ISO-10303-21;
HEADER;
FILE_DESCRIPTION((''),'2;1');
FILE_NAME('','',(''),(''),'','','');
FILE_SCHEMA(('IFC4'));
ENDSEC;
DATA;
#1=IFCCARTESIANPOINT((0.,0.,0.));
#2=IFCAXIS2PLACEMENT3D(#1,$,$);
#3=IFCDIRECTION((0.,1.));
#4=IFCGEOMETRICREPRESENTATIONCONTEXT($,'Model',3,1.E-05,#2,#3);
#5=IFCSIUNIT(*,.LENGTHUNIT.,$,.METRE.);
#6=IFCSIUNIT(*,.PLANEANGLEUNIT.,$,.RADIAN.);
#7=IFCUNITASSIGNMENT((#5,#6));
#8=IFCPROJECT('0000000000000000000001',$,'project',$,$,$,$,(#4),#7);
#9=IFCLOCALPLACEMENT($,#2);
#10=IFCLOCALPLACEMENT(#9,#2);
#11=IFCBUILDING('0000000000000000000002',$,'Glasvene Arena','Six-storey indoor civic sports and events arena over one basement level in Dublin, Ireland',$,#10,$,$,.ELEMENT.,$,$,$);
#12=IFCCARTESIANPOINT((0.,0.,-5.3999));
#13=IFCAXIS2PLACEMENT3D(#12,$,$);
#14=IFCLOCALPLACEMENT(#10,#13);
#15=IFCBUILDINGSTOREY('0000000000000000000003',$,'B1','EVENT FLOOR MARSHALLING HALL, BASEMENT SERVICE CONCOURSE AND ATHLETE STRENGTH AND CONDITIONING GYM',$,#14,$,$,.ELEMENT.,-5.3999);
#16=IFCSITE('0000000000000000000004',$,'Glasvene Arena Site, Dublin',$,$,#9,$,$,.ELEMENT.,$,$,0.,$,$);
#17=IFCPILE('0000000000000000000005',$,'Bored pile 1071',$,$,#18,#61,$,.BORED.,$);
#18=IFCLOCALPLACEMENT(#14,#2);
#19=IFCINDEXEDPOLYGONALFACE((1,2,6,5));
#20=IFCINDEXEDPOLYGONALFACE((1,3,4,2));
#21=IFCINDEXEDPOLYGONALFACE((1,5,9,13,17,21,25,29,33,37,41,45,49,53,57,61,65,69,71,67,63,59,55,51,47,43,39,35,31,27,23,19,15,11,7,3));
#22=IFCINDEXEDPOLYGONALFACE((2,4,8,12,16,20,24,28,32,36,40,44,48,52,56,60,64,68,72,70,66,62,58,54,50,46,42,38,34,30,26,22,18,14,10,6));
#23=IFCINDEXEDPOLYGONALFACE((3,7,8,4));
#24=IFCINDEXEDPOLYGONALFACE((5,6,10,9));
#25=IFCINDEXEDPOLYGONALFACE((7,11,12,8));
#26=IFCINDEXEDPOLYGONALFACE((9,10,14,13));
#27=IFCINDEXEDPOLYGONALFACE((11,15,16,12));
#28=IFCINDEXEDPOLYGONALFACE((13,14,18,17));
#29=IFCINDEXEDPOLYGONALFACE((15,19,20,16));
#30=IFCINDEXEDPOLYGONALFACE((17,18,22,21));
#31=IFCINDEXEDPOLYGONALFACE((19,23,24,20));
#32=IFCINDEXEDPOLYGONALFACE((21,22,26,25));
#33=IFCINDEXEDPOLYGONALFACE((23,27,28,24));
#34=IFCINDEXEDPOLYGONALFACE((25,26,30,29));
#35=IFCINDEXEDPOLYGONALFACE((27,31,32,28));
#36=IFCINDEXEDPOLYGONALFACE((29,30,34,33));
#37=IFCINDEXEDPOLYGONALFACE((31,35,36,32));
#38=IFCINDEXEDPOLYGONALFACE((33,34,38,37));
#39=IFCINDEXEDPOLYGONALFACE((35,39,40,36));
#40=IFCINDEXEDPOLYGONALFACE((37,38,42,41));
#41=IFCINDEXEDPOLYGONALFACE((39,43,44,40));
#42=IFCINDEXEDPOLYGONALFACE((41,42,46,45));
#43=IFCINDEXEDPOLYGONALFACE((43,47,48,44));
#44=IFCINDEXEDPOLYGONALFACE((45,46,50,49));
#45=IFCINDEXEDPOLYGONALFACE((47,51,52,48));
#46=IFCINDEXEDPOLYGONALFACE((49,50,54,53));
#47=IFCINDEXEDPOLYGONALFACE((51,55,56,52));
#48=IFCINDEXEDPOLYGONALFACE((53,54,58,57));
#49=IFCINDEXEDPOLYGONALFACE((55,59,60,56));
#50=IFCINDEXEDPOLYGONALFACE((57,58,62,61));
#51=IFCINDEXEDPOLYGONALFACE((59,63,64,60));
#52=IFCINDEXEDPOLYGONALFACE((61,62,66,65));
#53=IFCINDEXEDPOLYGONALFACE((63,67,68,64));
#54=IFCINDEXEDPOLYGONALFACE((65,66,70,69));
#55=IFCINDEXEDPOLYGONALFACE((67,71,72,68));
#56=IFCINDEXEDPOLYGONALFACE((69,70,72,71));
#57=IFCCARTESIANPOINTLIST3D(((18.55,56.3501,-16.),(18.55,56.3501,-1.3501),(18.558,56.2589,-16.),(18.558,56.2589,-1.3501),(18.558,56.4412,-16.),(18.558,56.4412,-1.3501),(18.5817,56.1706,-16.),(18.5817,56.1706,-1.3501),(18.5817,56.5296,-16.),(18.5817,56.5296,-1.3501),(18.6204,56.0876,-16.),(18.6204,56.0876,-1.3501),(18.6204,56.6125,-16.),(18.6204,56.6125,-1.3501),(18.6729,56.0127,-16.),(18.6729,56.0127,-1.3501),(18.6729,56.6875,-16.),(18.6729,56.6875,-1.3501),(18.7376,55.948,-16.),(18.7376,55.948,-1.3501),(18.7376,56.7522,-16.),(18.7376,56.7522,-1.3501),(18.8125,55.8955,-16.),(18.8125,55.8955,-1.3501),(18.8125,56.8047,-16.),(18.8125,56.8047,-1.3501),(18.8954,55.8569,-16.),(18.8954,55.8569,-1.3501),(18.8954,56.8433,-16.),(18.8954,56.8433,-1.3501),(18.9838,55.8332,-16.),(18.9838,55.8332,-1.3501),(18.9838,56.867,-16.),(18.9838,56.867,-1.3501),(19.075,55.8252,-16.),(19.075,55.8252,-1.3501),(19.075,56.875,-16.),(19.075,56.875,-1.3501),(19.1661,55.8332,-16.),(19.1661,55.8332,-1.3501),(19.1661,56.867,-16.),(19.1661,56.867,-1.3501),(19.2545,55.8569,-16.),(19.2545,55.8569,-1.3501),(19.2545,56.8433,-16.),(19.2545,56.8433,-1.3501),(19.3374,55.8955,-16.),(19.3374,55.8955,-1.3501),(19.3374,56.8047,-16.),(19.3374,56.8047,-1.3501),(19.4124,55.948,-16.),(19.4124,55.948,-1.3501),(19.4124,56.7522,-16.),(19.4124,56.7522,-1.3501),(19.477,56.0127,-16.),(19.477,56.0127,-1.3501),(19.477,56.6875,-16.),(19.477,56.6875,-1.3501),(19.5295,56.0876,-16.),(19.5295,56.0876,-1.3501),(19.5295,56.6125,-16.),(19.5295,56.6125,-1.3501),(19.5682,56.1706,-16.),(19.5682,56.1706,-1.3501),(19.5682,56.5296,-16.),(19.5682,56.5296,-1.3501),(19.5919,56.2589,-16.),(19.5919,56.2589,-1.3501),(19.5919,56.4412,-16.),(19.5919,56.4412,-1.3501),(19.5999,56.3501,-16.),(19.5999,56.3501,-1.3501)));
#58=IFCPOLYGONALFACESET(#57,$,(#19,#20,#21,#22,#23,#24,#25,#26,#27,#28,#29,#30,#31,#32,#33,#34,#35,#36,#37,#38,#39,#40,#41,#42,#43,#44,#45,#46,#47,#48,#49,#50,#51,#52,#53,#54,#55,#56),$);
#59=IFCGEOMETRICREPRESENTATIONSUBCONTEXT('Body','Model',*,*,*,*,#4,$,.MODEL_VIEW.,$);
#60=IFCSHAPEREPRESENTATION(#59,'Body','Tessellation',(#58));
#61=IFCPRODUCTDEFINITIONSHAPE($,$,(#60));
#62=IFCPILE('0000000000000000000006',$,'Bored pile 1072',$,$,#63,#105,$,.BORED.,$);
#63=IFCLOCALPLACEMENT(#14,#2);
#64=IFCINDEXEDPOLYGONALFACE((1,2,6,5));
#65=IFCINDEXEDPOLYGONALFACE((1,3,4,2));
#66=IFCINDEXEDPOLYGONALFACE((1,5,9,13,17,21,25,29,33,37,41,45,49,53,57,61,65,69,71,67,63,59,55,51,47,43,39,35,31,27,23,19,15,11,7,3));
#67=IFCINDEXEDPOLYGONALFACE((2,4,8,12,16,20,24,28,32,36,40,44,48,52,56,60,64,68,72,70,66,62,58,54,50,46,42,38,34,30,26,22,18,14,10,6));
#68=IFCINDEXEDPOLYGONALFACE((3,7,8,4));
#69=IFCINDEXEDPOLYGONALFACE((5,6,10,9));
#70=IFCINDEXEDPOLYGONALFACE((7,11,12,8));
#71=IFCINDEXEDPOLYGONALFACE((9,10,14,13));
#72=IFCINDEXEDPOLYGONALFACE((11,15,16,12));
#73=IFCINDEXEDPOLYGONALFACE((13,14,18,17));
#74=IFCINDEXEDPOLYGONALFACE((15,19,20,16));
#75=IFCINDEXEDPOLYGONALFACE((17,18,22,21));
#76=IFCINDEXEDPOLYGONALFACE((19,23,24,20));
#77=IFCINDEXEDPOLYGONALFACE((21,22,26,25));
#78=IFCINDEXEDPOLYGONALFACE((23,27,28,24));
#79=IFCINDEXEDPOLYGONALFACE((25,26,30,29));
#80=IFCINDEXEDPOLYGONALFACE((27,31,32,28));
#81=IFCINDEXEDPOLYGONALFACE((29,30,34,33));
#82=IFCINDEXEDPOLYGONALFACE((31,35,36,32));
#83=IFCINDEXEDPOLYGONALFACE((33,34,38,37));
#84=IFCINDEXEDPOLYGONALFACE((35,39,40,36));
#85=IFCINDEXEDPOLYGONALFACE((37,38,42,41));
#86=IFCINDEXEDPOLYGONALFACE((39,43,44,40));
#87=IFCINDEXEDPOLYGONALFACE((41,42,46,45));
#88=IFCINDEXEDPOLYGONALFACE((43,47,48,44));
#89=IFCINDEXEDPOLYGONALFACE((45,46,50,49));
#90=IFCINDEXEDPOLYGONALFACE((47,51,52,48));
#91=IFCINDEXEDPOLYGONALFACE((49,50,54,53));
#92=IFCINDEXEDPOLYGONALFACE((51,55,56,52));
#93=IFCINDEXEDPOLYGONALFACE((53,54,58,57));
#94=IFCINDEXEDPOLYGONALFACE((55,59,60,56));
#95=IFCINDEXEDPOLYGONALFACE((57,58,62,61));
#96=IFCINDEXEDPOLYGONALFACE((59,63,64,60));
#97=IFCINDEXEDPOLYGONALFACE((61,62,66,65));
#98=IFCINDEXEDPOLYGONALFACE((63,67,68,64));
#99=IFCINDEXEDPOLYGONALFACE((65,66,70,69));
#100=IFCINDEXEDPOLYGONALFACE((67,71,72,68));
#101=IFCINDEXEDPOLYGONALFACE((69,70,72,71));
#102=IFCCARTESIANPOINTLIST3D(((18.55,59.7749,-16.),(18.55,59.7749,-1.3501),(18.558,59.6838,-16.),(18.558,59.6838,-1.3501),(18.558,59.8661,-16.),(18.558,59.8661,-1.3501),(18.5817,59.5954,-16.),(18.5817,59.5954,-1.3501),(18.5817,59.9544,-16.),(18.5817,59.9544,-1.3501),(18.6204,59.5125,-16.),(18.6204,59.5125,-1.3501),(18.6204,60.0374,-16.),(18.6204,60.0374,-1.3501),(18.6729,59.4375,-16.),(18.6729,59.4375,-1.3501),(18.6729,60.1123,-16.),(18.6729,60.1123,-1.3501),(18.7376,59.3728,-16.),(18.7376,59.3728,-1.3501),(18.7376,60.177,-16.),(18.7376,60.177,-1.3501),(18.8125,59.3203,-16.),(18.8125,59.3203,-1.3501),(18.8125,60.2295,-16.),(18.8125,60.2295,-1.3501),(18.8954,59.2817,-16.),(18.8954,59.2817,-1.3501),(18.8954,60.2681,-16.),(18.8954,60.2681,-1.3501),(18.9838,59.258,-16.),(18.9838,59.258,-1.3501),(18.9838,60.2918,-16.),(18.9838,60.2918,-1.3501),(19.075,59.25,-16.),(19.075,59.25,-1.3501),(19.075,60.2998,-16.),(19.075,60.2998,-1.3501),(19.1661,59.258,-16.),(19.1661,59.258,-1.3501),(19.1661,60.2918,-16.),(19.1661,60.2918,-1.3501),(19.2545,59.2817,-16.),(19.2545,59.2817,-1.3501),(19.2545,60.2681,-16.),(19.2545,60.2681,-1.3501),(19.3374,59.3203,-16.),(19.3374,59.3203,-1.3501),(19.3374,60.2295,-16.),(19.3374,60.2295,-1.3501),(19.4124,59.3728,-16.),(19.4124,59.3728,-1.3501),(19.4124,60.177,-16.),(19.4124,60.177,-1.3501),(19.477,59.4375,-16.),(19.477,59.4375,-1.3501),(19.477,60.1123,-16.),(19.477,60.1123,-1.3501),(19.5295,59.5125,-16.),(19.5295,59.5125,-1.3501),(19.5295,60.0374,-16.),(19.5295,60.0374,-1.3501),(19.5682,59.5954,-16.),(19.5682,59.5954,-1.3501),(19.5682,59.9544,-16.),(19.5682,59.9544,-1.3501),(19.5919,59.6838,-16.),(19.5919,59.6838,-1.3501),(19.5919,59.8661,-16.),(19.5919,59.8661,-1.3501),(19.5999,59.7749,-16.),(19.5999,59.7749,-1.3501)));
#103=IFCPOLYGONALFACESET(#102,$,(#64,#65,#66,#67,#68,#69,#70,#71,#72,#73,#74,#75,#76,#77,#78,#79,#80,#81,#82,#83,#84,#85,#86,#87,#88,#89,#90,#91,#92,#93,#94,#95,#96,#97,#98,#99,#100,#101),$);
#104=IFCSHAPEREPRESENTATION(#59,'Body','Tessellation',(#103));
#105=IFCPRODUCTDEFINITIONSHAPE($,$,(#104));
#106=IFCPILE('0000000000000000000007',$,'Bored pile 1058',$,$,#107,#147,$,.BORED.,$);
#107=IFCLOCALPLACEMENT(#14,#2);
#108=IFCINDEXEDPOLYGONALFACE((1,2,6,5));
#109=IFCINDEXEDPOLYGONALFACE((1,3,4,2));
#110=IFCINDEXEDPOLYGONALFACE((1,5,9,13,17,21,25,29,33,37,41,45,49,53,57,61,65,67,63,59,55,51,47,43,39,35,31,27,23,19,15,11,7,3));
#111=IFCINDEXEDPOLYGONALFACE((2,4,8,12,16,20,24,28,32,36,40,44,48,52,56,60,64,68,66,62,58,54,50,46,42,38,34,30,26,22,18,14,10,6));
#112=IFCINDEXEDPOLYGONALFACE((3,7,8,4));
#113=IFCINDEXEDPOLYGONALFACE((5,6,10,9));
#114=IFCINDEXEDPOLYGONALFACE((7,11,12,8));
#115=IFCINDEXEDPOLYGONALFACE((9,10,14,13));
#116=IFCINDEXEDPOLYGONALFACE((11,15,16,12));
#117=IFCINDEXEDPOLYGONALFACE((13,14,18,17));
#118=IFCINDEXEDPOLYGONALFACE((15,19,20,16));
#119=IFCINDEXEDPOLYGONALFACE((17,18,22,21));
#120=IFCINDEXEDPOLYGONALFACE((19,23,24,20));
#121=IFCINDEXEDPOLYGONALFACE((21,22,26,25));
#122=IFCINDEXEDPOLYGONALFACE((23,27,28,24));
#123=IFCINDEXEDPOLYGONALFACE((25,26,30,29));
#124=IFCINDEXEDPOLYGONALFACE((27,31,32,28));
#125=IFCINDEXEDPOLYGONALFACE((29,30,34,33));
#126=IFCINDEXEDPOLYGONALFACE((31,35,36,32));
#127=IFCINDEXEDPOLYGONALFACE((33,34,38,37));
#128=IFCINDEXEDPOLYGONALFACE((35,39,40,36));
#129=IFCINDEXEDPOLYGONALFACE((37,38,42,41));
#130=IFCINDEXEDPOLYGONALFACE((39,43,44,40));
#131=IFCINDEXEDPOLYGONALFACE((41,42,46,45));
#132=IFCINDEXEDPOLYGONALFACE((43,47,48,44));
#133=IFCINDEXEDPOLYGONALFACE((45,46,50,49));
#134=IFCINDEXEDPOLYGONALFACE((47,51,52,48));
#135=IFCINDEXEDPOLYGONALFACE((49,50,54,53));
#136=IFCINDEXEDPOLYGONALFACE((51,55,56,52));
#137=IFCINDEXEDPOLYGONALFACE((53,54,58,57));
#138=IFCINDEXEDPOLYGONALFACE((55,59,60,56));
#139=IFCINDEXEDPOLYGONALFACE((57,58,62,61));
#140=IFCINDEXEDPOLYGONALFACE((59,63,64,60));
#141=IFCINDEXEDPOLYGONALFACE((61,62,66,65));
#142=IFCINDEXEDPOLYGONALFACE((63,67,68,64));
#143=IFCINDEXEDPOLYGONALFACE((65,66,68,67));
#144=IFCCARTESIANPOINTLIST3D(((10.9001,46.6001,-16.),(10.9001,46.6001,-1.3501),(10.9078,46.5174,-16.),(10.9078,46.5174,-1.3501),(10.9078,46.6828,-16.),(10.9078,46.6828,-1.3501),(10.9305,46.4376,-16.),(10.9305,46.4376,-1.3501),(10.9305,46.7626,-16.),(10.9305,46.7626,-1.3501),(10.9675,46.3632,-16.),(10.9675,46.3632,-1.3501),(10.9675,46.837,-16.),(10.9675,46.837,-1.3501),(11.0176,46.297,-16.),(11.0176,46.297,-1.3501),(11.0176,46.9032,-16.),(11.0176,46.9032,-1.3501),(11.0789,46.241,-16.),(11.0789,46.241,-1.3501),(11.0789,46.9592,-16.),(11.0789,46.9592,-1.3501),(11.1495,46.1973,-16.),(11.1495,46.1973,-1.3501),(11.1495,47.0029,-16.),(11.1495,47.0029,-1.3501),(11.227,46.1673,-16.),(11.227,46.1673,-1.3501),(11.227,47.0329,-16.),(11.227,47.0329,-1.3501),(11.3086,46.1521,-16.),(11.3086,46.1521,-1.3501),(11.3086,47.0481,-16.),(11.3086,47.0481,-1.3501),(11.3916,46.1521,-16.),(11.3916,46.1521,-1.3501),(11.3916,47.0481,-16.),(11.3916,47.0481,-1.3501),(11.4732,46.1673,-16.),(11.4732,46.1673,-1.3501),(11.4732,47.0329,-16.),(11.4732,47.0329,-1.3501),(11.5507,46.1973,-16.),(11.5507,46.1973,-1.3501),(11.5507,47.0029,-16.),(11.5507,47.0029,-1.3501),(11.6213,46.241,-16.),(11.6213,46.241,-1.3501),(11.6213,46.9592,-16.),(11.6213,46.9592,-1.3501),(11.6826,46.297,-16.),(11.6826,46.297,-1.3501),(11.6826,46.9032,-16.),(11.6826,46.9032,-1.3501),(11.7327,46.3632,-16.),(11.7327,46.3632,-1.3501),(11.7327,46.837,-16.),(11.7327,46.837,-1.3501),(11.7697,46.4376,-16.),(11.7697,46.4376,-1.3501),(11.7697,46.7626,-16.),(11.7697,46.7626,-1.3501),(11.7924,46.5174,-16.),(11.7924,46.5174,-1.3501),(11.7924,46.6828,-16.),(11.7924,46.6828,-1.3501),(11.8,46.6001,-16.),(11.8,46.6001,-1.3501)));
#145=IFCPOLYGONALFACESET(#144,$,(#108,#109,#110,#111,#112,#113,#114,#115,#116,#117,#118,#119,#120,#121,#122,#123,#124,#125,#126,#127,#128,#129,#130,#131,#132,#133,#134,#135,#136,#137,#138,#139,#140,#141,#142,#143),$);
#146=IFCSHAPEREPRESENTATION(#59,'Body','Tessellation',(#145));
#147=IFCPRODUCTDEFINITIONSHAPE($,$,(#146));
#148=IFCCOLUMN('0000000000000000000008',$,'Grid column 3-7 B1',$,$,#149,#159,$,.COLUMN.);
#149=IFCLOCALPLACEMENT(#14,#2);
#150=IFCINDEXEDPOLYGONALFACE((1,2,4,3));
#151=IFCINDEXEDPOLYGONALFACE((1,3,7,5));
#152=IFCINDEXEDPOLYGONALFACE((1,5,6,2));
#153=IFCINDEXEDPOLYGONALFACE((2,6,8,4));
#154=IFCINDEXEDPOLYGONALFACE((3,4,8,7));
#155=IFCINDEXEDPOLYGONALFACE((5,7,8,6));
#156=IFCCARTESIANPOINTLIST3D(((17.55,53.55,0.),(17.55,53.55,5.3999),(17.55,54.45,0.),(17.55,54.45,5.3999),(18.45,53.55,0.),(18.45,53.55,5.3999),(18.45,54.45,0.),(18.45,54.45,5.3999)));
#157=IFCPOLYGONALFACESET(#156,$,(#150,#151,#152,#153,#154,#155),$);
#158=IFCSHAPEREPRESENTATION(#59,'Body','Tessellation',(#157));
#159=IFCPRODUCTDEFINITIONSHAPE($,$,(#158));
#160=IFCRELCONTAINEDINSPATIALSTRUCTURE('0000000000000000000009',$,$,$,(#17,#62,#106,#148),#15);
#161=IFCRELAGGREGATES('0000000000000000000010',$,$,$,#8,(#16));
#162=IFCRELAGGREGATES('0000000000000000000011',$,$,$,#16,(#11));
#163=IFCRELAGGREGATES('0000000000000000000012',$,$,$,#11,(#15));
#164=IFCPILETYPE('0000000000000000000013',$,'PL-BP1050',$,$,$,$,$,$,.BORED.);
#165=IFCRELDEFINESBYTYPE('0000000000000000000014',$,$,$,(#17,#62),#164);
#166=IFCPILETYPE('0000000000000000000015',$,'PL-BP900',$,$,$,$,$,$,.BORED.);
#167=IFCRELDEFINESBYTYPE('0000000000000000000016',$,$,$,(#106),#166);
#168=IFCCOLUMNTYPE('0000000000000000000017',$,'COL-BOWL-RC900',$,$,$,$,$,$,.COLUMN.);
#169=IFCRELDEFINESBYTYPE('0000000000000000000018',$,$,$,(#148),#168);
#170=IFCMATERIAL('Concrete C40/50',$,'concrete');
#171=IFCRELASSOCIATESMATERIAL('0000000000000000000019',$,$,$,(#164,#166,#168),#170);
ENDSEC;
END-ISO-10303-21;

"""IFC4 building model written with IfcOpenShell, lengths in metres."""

from ifc_helpers import new_model, si_unit, direction, frame, origin, origin_2d, place, context, subcontext, project, spatial, rectangle, circle, extrude, material, material_profile, profile_set, type_object, element, save


model = new_model("IFC4")

# Units and contexts
model_context = context("Model", 3, precision=1e-05, world=origin(), true_north=direction((0.0, 1.0)))
body_context = subcontext(model_context, "Body", "Model", "MODEL_VIEW")
ifc_project = project(units=[si_unit("LENGTHUNIT", "METRE"), si_unit("PLANEANGLEUNIT", "RADIAN")], contexts=[model_context])

# Site, building, storey
site_placement = place(None, origin())
site = spatial("IfcSite", under=ifc_project, at=site_placement, Name="Glasvene Arena Site, Dublin", CompositionType="ELEMENT", RefElevation=0.0)
building_placement = place(site_placement, origin())
building = spatial("IfcBuilding", under=site, at=building_placement, Name="Glasvene Arena", Description="Six-storey indoor civic sports and events arena over one basement level in Dublin, Ireland", CompositionType="ELEMENT")
storey_placement = place(building_placement, frame((0.0, 0.0, -5.3999)))
storey = spatial("IfcBuildingStorey", under=building, at=storey_placement, Name="B1", Description="EVENT FLOOR MARSHALLING HALL, BASEMENT SERVICE CONCOURSE AND ATHLETE STRENGTH AND CONDITIONING GYM", CompositionType="ELEMENT", Elevation=-5.3999)

# Shared definitions
ifc_material_1 = material(Name="Concrete C40/50", Category="concrete")

# Piles
ifc_material_profile_1 = material_profile(ifc_material_1, circle(Radius=0.5249, at=origin_2d()), Name="BORED PILE 1050")
ifc_profile_set_1 = profile_set([ifc_material_profile_1], Name="Concrete C40/50")
pile_type_1 = type_object("IfcPileType", Name="PL-BP1050", PredefinedType="BORED", material=ifc_profile_set_1)
for number, where, z_axis, x_axis, name in (
    (1, (19.075, 56.3501, -1.3501), (0.0, 0.0, -1.0), (1.0, 0.0, 0.0), "Bored pile 1071"),
    (2, (19.075, 59.7749, -1.3501), (0.0, 0.0, -1.0), (1.0, 0.0, 0.0), "Bored pile 1072"),
):
    element("IfcPile", number, at=place(storey_placement, frame(where, z_axis=z_axis, x_axis=x_axis)), inside=storey, type_object=pile_type_1, Name=name, PredefinedType="BORED", context=body_context, shape_type="SweptSolid", body=[
        extrude(circle(Radius=0.5249, at=origin_2d()), origin(), (0.0, 0.0, 1.0), 14.6499),
    ])
ifc_material_profile_2 = material_profile(ifc_material_1, circle(Radius=0.45, at=origin_2d()), Name="BORED PILE 900")
ifc_profile_set_2 = profile_set([ifc_material_profile_2], Name="Concrete C40/50")
pile_type_2 = type_object("IfcPileType", Name="PL-BP900", PredefinedType="BORED", material=ifc_profile_set_2)
pile_placement = place(storey_placement, frame((11.3501, 46.6001, -1.3501), z_axis=(0.0, 0.0, -1.0), x_axis=(1.0, 0.0, 0.0)))
element("IfcPile", 3, at=pile_placement, inside=storey, type_object=pile_type_2, Name="Bored pile 1058", PredefinedType="BORED", context=body_context, shape_type="SweptSolid", body=[
    extrude(circle(Radius=0.45, at=origin_2d()), origin(), (0.0, 0.0, 1.0), 14.6499),
])

# Column
ifc_material_profile_3 = material_profile(ifc_material_1, rectangle(XDim=0.8999, YDim=0.8999, at=origin_2d()), Name="RC 900x900")
ifc_profile_set_3 = profile_set([ifc_material_profile_3], Name="Concrete C40/50")
column_type = type_object("IfcColumnType", Name="COL-BOWL-RC900", PredefinedType="COLUMN", material=ifc_profile_set_3)
column_placement = place(storey_placement, frame((18.0, 54.0, 0.0), z_axis=(0.0, 0.0, 1.0), x_axis=(1.0, 0.0, 0.0)))
element("IfcColumn", 4, at=column_placement, inside=storey, type_object=column_type, Name="Grid column 3-7 B1", PredefinedType="COLUMN", context=body_context, shape_type="SweptSolid", body=[
    extrude(rectangle(XDim=0.8999, YDim=0.8999, at=origin_2d()), origin(), (0.0, 0.0, 1.0), 5.3999),
])

save(model, "model.ifc")
